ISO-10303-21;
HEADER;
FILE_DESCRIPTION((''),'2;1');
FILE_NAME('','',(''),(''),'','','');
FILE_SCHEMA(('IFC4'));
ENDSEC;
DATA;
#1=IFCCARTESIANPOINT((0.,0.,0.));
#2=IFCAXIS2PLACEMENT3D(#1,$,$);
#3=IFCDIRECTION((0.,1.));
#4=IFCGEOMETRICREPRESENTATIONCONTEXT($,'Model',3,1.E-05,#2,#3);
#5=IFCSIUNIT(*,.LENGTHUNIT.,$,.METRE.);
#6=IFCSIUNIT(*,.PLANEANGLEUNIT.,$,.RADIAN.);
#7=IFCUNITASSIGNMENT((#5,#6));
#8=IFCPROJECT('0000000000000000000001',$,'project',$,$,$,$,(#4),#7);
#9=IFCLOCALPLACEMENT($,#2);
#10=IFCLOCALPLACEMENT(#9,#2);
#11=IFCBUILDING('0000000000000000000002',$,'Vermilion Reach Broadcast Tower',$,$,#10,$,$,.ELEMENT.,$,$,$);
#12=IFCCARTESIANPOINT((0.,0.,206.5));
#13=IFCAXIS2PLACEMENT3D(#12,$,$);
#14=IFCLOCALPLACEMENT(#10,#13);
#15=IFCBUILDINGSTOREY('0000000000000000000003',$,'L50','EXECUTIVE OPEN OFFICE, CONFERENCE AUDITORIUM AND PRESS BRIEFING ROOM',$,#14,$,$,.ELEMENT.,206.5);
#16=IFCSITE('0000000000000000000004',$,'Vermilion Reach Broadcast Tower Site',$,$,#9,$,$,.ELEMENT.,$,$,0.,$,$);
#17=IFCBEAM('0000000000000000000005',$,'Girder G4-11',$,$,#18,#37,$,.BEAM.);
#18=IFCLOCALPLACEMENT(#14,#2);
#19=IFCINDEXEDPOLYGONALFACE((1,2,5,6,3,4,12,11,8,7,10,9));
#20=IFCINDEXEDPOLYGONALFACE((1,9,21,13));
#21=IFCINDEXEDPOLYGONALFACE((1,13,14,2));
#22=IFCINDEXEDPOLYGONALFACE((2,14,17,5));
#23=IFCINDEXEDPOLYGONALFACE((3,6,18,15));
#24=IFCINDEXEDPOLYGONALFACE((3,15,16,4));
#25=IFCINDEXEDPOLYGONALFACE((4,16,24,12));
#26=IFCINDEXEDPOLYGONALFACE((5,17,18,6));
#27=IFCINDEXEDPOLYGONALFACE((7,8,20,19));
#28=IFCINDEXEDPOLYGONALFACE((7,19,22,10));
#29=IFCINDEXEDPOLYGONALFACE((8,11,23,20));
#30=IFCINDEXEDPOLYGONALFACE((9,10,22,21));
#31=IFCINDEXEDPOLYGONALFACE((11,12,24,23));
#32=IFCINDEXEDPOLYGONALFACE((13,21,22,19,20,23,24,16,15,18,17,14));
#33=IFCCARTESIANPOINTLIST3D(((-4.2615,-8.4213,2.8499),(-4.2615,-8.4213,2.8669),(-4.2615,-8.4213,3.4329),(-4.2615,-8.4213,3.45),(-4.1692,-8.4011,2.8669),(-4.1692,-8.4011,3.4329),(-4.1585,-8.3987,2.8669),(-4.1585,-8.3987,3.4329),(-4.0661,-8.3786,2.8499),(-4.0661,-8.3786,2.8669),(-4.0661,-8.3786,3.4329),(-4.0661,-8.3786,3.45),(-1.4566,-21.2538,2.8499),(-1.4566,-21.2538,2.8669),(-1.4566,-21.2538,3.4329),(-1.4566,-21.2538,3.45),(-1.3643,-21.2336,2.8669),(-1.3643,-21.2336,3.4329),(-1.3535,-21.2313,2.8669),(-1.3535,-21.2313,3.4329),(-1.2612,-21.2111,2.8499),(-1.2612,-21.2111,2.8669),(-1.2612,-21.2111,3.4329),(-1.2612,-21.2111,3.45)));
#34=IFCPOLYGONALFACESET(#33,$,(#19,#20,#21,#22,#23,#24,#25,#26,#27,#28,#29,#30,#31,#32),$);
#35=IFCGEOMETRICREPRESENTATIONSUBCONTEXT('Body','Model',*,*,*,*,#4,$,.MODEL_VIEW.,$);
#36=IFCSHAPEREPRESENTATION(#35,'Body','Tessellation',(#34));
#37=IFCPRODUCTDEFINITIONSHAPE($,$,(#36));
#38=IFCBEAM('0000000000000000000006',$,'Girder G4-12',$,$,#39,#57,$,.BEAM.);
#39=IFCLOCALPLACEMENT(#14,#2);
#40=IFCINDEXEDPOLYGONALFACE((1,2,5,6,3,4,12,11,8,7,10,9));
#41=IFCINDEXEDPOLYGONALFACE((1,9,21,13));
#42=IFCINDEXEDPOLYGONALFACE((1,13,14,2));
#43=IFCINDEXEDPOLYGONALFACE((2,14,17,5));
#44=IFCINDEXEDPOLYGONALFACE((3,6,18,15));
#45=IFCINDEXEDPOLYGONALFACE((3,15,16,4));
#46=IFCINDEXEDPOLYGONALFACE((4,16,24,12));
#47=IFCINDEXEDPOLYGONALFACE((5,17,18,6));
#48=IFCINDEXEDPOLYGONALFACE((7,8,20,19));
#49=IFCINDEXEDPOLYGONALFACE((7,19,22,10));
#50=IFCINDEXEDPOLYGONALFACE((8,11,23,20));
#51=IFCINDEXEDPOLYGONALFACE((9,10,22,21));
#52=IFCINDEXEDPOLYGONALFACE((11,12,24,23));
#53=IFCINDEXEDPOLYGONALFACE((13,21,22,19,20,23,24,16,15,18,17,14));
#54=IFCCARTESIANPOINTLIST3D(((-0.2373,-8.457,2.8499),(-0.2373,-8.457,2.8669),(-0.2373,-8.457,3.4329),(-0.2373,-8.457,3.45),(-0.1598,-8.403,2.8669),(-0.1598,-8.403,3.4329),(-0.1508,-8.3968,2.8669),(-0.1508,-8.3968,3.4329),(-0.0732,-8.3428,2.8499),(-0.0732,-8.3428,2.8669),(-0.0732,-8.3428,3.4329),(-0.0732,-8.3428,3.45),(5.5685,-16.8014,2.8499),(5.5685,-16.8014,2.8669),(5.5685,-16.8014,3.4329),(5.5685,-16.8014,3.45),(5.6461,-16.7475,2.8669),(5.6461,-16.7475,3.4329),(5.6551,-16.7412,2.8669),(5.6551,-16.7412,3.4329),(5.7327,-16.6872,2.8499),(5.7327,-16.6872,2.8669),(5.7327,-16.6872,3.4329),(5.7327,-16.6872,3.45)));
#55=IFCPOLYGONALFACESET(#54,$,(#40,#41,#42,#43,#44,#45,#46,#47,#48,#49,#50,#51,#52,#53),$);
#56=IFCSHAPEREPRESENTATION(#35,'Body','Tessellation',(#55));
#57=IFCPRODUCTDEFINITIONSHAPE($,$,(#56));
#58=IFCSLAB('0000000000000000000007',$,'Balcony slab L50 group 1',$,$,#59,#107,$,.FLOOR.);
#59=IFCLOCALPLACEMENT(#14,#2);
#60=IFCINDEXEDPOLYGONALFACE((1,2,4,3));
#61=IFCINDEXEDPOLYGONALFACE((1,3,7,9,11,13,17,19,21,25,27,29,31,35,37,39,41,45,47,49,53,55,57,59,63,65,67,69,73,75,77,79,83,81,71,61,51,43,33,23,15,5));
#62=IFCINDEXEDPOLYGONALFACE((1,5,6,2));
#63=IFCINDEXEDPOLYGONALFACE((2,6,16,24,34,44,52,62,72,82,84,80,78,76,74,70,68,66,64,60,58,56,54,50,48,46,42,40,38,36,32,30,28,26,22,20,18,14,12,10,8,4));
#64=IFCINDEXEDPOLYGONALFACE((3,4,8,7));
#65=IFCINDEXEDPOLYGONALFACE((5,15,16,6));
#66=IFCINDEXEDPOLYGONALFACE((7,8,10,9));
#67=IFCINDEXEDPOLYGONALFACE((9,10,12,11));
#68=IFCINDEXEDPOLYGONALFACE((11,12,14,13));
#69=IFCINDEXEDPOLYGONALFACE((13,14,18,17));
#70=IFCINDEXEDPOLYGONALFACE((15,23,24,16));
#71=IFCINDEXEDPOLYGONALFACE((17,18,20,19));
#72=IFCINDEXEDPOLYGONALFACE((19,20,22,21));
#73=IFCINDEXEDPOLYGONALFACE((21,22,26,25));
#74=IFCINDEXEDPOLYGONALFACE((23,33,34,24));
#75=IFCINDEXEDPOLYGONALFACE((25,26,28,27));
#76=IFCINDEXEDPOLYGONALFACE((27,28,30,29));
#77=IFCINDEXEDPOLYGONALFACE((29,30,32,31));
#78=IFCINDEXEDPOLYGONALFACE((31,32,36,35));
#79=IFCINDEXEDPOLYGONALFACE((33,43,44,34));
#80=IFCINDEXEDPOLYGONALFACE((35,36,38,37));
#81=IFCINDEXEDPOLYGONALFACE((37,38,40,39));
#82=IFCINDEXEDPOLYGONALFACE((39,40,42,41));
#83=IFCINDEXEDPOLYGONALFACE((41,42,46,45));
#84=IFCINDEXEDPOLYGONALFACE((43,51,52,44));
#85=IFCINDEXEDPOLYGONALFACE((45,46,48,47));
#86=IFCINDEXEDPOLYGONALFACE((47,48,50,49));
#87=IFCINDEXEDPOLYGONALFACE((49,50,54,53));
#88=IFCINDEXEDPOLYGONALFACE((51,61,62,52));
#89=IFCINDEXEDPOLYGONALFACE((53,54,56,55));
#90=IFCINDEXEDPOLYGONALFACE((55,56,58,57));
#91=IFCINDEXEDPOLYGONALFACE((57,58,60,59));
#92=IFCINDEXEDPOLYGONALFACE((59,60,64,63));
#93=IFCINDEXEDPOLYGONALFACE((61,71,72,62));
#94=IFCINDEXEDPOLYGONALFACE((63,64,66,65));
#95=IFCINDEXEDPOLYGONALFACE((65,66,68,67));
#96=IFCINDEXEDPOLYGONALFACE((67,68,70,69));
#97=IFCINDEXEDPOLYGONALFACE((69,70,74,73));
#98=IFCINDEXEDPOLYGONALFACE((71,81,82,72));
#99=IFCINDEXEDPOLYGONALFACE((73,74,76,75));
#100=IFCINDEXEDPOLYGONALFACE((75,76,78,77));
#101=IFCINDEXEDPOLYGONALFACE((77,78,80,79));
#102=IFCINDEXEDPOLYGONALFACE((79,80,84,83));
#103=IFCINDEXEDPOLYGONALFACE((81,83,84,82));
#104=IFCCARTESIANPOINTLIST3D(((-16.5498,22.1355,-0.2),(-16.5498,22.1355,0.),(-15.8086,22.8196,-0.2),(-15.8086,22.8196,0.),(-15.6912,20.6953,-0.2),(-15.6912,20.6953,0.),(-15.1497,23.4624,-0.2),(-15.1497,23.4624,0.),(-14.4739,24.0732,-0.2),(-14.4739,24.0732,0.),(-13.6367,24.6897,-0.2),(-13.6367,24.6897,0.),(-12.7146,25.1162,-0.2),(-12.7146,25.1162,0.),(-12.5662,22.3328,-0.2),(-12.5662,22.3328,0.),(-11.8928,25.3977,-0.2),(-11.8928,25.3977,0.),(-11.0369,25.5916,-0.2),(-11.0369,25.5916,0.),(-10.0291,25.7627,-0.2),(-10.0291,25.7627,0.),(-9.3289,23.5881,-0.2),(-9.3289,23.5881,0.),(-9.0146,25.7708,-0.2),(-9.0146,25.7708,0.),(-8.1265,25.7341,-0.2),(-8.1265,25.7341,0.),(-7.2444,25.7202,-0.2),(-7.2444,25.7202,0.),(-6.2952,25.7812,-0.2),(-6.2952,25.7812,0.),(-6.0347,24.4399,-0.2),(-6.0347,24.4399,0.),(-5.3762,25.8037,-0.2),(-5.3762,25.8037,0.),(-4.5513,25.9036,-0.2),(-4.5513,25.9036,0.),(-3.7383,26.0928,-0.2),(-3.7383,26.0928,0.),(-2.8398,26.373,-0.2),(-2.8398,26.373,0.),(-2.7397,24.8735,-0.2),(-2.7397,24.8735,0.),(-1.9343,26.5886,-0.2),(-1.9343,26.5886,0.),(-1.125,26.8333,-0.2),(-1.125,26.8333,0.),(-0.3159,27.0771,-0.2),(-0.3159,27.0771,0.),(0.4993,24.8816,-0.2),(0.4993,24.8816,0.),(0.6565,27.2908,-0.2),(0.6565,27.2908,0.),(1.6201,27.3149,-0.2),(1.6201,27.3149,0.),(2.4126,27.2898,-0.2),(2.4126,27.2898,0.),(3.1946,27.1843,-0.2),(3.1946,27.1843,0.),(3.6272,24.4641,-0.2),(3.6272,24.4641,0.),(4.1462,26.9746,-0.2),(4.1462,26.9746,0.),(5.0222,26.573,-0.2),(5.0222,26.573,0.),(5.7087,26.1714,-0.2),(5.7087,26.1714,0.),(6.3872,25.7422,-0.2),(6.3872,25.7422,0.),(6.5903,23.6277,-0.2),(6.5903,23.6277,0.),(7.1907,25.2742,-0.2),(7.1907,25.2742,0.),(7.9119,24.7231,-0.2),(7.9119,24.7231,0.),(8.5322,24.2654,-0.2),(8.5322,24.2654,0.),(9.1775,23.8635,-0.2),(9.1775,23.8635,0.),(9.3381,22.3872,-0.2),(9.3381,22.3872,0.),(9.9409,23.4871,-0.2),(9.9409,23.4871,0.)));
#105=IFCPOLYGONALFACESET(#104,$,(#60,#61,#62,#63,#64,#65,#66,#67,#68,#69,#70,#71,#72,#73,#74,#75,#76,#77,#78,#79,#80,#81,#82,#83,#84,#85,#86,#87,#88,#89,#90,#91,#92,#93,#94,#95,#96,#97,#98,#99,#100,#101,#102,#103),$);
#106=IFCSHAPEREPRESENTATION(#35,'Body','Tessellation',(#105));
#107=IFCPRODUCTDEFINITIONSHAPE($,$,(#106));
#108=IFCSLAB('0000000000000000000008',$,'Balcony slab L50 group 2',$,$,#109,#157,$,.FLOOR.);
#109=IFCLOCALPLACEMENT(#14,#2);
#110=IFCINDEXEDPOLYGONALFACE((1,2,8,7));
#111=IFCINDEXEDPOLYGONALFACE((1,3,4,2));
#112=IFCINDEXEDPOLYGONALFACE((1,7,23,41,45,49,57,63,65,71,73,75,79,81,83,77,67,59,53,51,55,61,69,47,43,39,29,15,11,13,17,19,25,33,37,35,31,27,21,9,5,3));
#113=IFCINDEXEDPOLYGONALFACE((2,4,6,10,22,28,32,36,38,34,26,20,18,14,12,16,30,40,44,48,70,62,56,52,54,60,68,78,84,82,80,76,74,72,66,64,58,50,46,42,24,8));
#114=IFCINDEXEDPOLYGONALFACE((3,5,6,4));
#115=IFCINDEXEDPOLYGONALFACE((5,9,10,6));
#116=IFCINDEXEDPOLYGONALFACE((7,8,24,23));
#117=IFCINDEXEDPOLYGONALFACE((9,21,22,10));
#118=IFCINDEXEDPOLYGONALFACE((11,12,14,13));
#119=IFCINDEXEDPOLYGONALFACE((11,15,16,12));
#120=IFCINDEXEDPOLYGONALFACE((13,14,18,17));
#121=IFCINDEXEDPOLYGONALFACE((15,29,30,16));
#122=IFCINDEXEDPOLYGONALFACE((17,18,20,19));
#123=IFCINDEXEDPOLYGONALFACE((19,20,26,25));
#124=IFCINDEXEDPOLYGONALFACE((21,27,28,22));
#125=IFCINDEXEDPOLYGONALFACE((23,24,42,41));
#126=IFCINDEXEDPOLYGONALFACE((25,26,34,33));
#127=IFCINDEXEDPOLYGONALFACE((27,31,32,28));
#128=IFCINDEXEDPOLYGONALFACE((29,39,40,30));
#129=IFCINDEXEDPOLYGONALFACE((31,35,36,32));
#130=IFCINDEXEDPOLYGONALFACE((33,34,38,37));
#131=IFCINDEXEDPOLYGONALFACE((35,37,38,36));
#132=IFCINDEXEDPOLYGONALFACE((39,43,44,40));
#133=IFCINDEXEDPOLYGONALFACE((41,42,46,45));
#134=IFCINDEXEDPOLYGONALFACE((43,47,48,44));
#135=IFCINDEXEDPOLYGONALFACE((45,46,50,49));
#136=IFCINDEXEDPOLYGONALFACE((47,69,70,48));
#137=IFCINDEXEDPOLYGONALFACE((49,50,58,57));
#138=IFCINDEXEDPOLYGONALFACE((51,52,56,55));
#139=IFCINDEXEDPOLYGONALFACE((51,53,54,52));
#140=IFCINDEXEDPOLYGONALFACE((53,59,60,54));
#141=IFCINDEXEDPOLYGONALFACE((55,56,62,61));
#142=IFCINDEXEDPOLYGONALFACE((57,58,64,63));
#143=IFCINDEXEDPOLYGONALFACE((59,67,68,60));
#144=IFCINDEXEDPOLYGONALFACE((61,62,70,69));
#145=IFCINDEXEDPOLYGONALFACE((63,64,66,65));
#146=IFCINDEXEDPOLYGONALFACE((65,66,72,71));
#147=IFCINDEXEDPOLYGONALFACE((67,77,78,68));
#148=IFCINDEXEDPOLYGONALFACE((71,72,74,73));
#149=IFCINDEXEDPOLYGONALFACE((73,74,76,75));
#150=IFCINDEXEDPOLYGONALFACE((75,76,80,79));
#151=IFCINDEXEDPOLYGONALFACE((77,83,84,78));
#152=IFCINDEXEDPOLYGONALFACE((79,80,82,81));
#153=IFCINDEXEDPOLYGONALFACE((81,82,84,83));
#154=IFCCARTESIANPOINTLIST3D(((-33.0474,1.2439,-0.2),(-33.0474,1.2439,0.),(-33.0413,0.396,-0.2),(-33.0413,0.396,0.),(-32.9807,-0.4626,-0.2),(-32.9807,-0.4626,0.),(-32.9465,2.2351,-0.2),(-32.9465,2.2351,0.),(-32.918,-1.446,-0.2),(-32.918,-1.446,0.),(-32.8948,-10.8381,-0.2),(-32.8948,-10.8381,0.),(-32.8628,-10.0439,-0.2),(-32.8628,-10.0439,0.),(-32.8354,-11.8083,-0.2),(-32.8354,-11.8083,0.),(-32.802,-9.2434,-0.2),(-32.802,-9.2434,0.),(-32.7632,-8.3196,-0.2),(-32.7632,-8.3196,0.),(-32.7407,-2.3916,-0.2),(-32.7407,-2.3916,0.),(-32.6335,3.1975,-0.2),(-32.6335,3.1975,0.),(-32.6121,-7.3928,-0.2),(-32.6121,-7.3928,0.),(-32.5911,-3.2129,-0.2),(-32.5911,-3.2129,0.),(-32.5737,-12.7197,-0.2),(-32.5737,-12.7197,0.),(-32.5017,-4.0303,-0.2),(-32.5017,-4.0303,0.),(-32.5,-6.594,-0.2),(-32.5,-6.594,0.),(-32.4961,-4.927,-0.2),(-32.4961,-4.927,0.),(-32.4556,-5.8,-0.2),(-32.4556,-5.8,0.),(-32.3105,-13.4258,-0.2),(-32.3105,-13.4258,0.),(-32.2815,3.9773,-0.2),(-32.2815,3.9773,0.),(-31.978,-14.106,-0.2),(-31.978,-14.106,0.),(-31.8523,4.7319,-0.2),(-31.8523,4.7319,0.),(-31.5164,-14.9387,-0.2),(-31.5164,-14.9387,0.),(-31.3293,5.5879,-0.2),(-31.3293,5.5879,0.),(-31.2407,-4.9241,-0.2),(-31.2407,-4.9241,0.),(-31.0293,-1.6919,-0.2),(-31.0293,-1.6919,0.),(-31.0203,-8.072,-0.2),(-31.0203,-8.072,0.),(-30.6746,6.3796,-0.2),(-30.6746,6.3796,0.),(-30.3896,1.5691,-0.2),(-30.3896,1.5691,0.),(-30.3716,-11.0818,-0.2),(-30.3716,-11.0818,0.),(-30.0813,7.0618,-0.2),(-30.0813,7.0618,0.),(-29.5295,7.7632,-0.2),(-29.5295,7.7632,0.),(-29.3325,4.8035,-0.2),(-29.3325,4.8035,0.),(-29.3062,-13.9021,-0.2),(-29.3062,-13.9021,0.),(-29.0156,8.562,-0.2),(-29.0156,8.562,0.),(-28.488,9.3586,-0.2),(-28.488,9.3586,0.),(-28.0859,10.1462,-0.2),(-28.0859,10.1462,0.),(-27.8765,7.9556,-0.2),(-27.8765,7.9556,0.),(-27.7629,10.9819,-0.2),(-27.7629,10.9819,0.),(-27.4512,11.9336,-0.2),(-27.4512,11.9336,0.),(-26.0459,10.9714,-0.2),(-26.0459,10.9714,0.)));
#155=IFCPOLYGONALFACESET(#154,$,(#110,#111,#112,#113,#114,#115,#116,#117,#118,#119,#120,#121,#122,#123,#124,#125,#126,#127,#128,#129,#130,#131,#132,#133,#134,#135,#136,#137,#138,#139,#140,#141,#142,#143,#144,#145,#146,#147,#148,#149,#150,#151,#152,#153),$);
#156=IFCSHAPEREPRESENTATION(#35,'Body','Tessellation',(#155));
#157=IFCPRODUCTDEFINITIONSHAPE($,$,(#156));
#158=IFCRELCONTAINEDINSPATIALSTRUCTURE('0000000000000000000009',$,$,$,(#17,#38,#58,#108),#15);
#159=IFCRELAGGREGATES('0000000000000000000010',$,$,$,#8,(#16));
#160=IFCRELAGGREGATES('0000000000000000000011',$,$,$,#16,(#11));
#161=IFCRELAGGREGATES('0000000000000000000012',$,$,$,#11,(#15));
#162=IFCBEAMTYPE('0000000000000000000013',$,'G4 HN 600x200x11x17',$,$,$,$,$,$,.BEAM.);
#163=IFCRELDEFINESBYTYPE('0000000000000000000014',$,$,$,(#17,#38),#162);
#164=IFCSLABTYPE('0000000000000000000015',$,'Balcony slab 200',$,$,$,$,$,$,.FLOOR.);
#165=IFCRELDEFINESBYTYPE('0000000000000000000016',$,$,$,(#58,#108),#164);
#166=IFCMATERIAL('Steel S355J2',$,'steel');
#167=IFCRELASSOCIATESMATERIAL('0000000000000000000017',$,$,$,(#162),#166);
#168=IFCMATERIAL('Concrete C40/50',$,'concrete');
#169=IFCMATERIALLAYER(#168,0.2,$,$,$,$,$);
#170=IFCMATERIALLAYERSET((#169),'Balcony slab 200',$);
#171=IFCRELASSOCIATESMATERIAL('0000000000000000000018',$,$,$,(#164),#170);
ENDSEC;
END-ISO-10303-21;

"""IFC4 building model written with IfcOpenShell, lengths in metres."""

from ifc_helpers import new_model, si_unit, direction, frame, origin, origin_2d, place, context, subcontext, project, spatial, polyline, i_section, outline, extrude, material, layer, layer_set, material_profile, profile_set, type_object, element, save


model = new_model("IFC4")

# Units and contexts
model_context = context("Model", 3, precision=1e-05, world=origin(), true_north=direction((0.0, 1.0)))
body_context = subcontext(model_context, "Body", "Model", "MODEL_VIEW")
ifc_project = project(units=[si_unit("LENGTHUNIT", "METRE"), si_unit("PLANEANGLEUNIT", "RADIAN")], contexts=[model_context])

# Site, building, storey
site_placement = place(None, origin())
site = spatial("IfcSite", under=ifc_project, at=site_placement, Name="Vermilion Reach Broadcast Tower Site", CompositionType="ELEMENT", RefElevation=0.0)
building_placement = place(site_placement, origin())
building = spatial("IfcBuilding", under=site, at=building_placement, Name="Vermilion Reach Broadcast Tower", CompositionType="ELEMENT")
storey_placement = place(building_placement, frame((0.0, 0.0, 206.5)))
storey = spatial("IfcBuildingStorey", under=building, at=storey_placement, Name="L50", Description="EXECUTIVE OPEN OFFICE, CONFERENCE AUDITORIUM AND PRESS BRIEFING ROOM", CompositionType="ELEMENT", Elevation=206.5)

# Beams
ifc_material_1 = material(Name="Steel S355J2", Category="steel")
ifc_material_profile = material_profile(ifc_material_1, i_section(OverallWidth=0.2, OverallDepth=0.6001, WebThickness=0.011, FlangeThickness=0.0171, at=origin_2d()), Name="S355J2 HN 600x200x11x17")
ifc_profile_set = profile_set([ifc_material_profile], Name="Steel S355J2")
beam_type = type_object("IfcBeamType", Name="G4 HN 600x200x11x17", PredefinedType="BEAM", material=ifc_profile_set)
beam_1_placement = place(storey_placement, frame((-4.1638, -8.3999, 3.1499), z_axis=(0.213538, -0.976935, 0.0), x_axis=(0.976935, 0.213538, 0.0)))
element("IfcBeam", 1, at=beam_1_placement, inside=storey, type_object=beam_type, Name="Girder G4-11", PredefinedType="BEAM", context=body_context, shape_type="SweptSolid", body=[
    extrude(i_section(OverallWidth=0.2, OverallDepth=0.6001, WebThickness=0.011, FlangeThickness=0.0171, at=origin_2d()), origin(), (0.0, 0.0, 1.0), 13.1355),
])
beam_2_placement = place(storey_placement, frame((-0.1553, -8.3999, 3.1499), z_axis=(0.571134, -0.820857, 0.0), x_axis=(0.820857, 0.571134, 0.0)))
element("IfcBeam", 2, at=beam_2_placement, inside=storey, type_object=beam_type, Name="Girder G4-12", PredefinedType="BEAM", context=body_context, shape_type="SweptSolid", body=[
    extrude(i_section(OverallWidth=0.2, OverallDepth=0.6001, WebThickness=0.011, FlangeThickness=0.0171, at=origin_2d()), origin(), (0.0, 0.0, 1.0), 10.1655),
])

# Slabs
ifc_material_2 = material(Name="Concrete C40/50", Category="concrete")
ifc_layer_1 = layer(ifc_material_2, 0.2)
ifc_layer_set_1 = layer_set([ifc_layer_1], Name="Balcony slab 200")
slab_type_1 = type_object("IfcSlabType", Name="Balcony slab 200", PredefinedType="FLOOR", material=ifc_layer_set_1)
placement_1 = place(storey_placement, frame((0.0, 0.0, -0.2)))
element("IfcSlab", 3, at=placement_1, inside=storey, type_object=slab_type_1, Name="Balcony slab L50 group 1", PredefinedType="FLOOR", context=body_context, shape_type="SweptSolid", body=[
    extrude(outline(polyline([(9.3381, 22.3872), (6.5903, 23.6277), (3.6272, 24.4641), (0.4993, 24.8816), (-2.7397, 24.8735), (-6.0347, 24.4399), (-9.3289, 23.5881), (-12.5662, 22.3328), (-15.6912, 20.6953), (-16.5498, 22.1355), (-15.8086, 22.8196), (-15.1497, 23.4624), (-14.4739, 24.0732), (-13.6367, 24.6897), (-12.7146, 25.1162), (-11.8928, 25.3977), (-11.0369, 25.5916), (-10.0291, 25.7627), (-9.0146, 25.7708), (-8.1265, 25.7341), (-7.2444, 25.7202), (-6.2952, 25.7812), (-5.3762, 25.8037), (-4.5513, 25.9036), (-3.7383, 26.0928), (-2.8398, 26.373), (-1.9343, 26.5886), (-1.125, 26.8333), (-0.3159, 27.0771), (0.6565, 27.2908), (1.6201, 27.3149), (2.4126, 27.2898), (3.1946, 27.1843), (4.1462, 26.9746), (5.0222, 26.573), (5.7087, 26.1714), (6.3872, 25.7422), (7.1907, 25.2742), (7.9119, 24.7231), (8.5322, 24.2654), (9.1775, 23.8635), (9.9409, 23.4871), (9.3381, 22.3872)])), origin(), (0.0, 0.0, 1.0), 0.2),
])
element("IfcSlab", 4, at=placement_1, inside=storey, type_object=slab_type_1, Name="Balcony slab L50 group 2", PredefinedType="FLOOR", context=body_context, shape_type="SweptSolid", body=[
    extrude(outline(polyline([(-26.0459, 10.9714), (-27.8765, 7.9556), (-29.3325, 4.8035), (-30.3896, 1.5691), (-31.0293, -1.6919), (-31.2407, -4.9241), (-31.0203, -8.072), (-30.3716, -11.0818), (-29.3062, -13.9021), (-31.5164, -14.9387), (-31.978, -14.106), (-32.3105, -13.4258), (-32.5737, -12.7197), (-32.8354, -11.8083), (-32.8948, -10.8381), (-32.8628, -10.0439), (-32.802, -9.2434), (-32.7632, -8.3196), (-32.6121, -7.3928), (-32.5, -6.594), (-32.4556, -5.8), (-32.4961, -4.927), (-32.5017, -4.0303), (-32.5911, -3.2129), (-32.7407, -2.3916), (-32.918, -1.446), (-32.9807, -0.4626), (-33.0413, 0.396), (-33.0474, 1.2439), (-32.9465, 2.2351), (-32.6335, 3.1975), (-32.2815, 3.9773), (-31.8523, 4.7319), (-31.3293, 5.5879), (-30.6746, 6.3796), (-30.0813, 7.0618), (-29.5295, 7.7632), (-29.0156, 8.562), (-28.488, 9.3586), (-28.0859, 10.1462), (-27.7629, 10.9819), (-27.4512, 11.9336), (-26.0459, 10.9714)])), origin(), (0.0, 0.0, 1.0), 0.2),
])

save(model, "model.ifc")
